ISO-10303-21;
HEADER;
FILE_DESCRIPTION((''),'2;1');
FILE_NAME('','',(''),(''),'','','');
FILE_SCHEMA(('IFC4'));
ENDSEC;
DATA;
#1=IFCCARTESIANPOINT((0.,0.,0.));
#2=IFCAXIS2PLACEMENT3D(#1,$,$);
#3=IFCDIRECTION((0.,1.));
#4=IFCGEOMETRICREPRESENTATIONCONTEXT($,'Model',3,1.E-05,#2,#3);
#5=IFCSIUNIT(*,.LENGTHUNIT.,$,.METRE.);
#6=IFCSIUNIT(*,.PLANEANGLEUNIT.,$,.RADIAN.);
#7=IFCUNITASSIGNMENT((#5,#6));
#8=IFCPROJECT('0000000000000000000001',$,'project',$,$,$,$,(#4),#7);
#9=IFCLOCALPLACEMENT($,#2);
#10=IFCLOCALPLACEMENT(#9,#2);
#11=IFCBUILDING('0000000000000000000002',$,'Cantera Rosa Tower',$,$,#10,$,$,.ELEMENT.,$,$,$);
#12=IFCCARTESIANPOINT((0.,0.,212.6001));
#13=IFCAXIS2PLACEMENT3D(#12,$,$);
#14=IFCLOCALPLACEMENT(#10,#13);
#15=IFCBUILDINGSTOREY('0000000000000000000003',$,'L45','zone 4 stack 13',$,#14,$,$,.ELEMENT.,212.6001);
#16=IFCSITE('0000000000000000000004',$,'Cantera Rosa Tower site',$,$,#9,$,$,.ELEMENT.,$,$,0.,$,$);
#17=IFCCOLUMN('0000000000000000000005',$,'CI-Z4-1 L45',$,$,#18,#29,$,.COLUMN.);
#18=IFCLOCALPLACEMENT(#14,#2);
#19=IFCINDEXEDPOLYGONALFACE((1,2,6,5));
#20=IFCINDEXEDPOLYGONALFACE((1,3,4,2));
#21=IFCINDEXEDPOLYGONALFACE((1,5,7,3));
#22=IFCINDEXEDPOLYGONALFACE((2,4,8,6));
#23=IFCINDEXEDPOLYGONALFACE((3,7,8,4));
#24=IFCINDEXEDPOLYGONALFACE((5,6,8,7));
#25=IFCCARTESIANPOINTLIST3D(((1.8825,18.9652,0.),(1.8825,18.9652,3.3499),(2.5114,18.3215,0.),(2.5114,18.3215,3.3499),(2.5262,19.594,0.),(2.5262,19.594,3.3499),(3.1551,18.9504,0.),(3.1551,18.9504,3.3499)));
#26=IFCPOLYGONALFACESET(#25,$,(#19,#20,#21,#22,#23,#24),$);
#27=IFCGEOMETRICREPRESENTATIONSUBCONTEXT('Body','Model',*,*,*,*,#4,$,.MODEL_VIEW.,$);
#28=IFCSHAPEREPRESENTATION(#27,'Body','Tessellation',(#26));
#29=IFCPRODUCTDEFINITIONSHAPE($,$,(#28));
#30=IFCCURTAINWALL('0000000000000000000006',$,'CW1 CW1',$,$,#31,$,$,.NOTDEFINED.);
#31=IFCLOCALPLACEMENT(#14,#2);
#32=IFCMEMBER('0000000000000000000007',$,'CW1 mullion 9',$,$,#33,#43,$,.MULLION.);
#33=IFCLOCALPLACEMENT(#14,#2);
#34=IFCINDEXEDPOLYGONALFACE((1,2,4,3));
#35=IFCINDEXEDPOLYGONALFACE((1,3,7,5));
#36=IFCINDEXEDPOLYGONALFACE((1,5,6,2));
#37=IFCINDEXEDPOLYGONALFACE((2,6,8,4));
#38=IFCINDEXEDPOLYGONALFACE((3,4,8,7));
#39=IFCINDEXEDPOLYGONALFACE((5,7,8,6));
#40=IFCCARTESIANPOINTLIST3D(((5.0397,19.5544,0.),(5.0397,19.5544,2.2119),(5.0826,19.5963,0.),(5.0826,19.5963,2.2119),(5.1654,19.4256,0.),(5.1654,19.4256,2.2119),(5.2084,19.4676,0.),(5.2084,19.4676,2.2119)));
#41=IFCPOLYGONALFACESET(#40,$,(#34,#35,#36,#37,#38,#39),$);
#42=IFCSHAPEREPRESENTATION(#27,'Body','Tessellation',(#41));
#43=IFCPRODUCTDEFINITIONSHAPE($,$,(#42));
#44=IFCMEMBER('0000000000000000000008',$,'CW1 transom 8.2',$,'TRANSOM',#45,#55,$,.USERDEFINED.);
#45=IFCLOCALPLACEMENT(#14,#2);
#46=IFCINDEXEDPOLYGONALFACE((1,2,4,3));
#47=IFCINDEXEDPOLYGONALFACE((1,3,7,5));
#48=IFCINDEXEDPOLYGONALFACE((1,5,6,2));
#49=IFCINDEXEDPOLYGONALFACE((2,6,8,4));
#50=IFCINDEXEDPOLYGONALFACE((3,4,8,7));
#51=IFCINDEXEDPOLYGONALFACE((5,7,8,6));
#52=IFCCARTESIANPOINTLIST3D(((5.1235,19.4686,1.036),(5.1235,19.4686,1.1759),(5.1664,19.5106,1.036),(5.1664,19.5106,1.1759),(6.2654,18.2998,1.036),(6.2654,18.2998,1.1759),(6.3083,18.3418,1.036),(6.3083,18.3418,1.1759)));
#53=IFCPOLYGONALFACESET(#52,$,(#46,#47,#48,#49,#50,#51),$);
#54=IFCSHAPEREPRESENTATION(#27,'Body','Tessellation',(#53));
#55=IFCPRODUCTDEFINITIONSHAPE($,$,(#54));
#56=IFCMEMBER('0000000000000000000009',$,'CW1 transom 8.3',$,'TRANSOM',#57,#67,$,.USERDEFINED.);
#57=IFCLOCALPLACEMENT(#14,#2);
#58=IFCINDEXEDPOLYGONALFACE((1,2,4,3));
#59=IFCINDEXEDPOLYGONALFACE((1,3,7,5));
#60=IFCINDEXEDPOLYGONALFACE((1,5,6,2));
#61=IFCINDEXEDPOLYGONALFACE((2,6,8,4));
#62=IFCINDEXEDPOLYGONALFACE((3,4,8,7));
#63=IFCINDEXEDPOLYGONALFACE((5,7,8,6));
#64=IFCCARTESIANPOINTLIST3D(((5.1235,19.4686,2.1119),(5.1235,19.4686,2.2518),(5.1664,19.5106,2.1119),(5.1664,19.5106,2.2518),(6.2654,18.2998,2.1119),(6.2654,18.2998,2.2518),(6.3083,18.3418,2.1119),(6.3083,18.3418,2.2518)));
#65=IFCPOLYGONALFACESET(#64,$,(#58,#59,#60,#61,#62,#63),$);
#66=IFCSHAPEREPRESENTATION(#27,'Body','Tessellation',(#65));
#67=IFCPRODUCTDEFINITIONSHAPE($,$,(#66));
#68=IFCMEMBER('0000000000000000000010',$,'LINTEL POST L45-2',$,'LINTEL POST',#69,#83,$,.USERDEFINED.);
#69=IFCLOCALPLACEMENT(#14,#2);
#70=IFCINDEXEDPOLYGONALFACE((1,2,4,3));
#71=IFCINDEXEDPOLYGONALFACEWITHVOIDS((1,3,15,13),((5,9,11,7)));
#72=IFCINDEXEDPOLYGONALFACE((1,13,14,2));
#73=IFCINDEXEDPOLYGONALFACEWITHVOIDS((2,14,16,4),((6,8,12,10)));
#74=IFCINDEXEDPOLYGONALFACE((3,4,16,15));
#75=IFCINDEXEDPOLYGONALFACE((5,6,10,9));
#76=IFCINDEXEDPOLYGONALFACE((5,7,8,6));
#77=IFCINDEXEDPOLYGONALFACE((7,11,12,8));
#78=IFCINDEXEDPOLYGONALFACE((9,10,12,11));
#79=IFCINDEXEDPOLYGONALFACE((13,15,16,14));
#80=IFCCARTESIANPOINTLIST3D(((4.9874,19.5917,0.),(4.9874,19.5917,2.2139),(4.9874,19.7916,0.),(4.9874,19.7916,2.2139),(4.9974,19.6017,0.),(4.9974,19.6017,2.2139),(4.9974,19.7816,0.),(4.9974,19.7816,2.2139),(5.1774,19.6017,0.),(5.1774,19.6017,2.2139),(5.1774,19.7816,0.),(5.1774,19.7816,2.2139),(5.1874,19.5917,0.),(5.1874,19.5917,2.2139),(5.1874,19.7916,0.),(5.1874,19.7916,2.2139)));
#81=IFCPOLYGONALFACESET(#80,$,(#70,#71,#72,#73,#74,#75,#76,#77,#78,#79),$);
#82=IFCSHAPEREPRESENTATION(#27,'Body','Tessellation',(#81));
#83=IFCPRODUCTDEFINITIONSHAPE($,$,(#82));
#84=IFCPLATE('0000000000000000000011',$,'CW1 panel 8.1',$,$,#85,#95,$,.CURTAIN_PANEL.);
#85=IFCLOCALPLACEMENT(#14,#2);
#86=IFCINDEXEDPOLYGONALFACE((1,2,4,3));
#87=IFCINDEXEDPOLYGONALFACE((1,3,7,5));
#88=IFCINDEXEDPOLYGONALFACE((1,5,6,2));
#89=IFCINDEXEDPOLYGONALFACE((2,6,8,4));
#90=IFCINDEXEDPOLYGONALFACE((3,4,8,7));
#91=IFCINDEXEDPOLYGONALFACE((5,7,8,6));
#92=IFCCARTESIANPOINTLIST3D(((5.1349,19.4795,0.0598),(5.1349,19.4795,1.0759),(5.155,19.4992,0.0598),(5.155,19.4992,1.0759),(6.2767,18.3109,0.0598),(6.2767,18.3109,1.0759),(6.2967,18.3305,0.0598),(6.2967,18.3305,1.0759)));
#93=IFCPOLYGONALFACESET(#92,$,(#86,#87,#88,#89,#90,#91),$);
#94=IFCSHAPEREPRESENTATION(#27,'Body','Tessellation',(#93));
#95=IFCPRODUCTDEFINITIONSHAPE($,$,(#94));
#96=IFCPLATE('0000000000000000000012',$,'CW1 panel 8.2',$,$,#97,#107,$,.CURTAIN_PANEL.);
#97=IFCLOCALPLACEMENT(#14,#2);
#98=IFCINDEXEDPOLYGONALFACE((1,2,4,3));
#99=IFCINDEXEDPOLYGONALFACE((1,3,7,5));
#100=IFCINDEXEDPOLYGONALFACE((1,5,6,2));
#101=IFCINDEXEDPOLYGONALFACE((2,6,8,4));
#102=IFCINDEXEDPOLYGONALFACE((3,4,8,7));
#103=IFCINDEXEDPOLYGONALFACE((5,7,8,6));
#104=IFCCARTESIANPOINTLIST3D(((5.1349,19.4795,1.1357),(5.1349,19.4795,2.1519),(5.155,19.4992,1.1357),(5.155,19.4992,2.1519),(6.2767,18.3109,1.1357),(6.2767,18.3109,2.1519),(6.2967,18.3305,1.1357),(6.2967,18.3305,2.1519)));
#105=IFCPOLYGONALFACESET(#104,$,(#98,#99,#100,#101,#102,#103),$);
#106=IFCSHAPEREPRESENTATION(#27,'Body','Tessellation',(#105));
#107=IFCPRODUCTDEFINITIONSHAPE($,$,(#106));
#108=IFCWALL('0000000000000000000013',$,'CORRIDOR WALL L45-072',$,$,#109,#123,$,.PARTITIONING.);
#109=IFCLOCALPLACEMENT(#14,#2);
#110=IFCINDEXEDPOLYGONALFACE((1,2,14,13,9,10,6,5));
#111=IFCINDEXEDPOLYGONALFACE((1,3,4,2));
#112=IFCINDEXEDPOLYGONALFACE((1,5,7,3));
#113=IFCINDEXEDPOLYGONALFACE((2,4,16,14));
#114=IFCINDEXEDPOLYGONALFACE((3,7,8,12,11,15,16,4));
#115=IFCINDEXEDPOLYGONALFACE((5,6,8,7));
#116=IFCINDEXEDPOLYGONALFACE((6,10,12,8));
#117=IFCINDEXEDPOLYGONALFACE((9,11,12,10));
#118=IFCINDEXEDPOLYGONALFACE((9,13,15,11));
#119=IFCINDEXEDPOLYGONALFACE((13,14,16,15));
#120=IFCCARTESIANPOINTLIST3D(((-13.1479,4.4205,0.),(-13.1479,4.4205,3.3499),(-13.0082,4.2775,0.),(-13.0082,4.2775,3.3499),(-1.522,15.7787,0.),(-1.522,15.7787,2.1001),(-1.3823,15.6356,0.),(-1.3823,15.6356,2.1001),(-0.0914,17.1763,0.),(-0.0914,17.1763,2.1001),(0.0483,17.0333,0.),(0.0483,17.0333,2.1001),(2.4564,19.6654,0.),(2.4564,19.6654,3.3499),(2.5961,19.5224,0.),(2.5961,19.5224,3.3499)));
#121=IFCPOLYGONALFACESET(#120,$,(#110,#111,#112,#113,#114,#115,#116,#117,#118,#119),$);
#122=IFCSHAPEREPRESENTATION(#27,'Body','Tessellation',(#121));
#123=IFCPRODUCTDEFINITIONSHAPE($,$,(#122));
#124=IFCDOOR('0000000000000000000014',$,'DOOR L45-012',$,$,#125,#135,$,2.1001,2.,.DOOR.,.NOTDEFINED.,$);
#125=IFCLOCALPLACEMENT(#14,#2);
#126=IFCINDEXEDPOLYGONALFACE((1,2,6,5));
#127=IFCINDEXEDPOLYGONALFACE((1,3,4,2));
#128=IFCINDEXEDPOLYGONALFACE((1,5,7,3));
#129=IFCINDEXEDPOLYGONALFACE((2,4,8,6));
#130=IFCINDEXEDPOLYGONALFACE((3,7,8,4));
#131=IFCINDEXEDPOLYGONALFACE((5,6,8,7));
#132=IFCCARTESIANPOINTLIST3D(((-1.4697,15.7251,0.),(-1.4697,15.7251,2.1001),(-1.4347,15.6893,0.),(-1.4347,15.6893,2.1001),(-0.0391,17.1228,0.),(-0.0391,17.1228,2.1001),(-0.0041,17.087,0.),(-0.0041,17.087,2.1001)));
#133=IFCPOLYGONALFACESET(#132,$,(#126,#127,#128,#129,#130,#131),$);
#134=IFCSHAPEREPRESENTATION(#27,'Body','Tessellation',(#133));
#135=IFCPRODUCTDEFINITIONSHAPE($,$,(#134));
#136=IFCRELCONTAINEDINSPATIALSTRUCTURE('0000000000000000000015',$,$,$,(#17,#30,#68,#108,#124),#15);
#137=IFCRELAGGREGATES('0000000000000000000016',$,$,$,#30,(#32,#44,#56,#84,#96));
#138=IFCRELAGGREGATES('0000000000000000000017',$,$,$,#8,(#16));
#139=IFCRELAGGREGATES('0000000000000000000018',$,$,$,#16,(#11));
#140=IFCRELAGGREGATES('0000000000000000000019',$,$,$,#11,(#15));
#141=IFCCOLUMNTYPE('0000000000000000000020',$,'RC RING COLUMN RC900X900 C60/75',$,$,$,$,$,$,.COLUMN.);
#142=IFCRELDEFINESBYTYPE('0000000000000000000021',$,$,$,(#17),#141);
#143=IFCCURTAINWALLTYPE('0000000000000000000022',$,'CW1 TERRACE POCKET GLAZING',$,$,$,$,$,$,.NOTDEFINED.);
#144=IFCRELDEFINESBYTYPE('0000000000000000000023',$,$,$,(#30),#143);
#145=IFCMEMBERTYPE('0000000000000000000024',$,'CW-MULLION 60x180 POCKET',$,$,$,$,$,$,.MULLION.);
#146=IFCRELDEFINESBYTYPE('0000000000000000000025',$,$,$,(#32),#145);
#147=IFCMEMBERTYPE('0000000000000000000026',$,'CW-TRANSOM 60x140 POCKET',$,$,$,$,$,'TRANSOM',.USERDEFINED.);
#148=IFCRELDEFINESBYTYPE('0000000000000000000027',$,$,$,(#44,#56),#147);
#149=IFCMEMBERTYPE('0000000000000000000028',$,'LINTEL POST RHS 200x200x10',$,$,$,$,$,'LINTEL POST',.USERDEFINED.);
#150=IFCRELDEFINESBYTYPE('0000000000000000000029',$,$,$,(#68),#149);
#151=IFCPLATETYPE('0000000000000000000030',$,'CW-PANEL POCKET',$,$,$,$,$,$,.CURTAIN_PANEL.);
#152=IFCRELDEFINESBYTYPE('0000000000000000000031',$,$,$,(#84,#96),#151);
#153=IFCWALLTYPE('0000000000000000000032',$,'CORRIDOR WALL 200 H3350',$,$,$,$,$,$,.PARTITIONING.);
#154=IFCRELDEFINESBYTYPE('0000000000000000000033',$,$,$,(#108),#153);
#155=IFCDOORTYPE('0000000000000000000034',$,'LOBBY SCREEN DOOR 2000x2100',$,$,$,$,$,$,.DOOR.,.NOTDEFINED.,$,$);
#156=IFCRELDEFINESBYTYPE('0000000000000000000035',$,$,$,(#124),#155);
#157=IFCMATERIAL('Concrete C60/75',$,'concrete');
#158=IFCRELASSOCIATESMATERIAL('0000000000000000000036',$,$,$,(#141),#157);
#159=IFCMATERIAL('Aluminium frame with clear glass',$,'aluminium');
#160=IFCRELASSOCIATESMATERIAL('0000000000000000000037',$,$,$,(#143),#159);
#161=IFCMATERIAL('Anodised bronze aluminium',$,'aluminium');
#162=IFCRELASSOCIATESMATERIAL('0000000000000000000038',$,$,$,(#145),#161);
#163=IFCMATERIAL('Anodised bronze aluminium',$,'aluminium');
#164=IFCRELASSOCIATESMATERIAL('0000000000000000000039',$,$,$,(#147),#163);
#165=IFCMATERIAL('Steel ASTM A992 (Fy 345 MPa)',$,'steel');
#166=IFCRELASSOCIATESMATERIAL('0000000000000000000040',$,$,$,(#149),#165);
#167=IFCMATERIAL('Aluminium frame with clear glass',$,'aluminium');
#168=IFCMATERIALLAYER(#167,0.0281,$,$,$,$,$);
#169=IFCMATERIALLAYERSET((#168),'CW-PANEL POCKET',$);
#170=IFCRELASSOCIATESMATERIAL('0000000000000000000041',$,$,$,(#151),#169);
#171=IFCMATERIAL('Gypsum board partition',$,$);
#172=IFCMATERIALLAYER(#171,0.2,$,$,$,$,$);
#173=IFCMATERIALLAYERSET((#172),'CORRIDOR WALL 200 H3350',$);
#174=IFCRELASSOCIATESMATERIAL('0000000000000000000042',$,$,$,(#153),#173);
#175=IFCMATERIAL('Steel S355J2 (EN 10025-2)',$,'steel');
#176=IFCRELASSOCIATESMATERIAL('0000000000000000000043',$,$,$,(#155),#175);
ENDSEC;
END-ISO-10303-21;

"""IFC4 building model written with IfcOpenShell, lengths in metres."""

from ifc_helpers import new_model, si_unit, direction, frame, frame_2d, origin, origin_2d, place, context, subcontext, project, spatial, rectangle, hollow_rectangle, extrude, material, layer, layer_set, material_profile, profile_set, type_object, element, fill, aggregate, save


model = new_model("IFC4")

# Units and contexts
model_context = context("Model", 3, precision=1e-05, world=origin(), true_north=direction((0.0, 1.0)))
body_context = subcontext(model_context, "Body", "Model", "MODEL_VIEW")
ifc_project = project(units=[si_unit("LENGTHUNIT", "METRE"), si_unit("PLANEANGLEUNIT", "RADIAN")], contexts=[model_context])

# Site, building, storey
site_placement = place(None, origin())
site = spatial("IfcSite", under=ifc_project, at=site_placement, Name="Cantera Rosa Tower site", CompositionType="ELEMENT", RefElevation=0.0)
building_placement = place(site_placement, origin())
building = spatial("IfcBuilding", under=site, at=building_placement, Name="Cantera Rosa Tower", CompositionType="ELEMENT")
storey_placement = place(building_placement, frame((0.0, 0.0, 212.6001)))
storey = spatial("IfcBuildingStorey", under=building, at=storey_placement, Name="L45", Description="zone 4 stack 13", CompositionType="ELEMENT", Elevation=212.6001)

# Column
ifc_material_1 = material(Name="Concrete C60/75", Category="concrete")
ifc_material_profile_1 = material_profile(ifc_material_1, rectangle(XDim=0.8999, YDim=0.8999, at=origin_2d()), Name="RC RING COLUMN RC900X900 C60/75")
ifc_profile_set_1 = profile_set([ifc_material_profile_1], Name="Concrete C60/75")
column_type = type_object("IfcColumnType", Name="RC RING COLUMN RC900X900 C60/75", PredefinedType="COLUMN", material=ifc_profile_set_1)
column_placement = place(storey_placement, frame((2.5188, 18.9578, 0.0), z_axis=(0.0, 0.0, 1.0), x_axis=(0.715286, 0.698832, 0.0)))
element("IfcColumn", 1, at=column_placement, inside=storey, type_object=column_type, Name="CI-Z4-1 L45", PredefinedType="COLUMN", context=body_context, shape_type="SweptSolid", body=[
    extrude(rectangle(XDim=0.8999, YDim=0.8999, at=origin_2d()), origin(), (0.0, 0.0, 1.0), 3.3499),
])

# Curtain wall, members
ifc_material_2 = material(Name="Aluminium frame with clear glass", Category="aluminium")
curtain_wall_type = type_object("IfcCurtainWallType", Name="CW1 TERRACE POCKET GLAZING", PredefinedType="NOTDEFINED", material=ifc_material_2)
curtain_wall_placement = place(storey_placement, origin())
curtain_wall = element("IfcCurtainWall", 2, at=curtain_wall_placement, inside=storey, type_object=curtain_wall_type, Name="CW1 CW1", PredefinedType="NOTDEFINED")
ifc_material_3 = material(Name="Anodised bronze aluminium", Category="aluminium")
ifc_material_profile_2 = material_profile(ifc_material_3, rectangle(XDim=0.0601, YDim=0.1799, at=origin_2d()), Name="CW-MULLION 60x180 POCKET")
ifc_profile_set_2 = profile_set([ifc_material_profile_2], Name="Anodised bronze aluminium")
member_type_1 = type_object("IfcMemberType", Name="CW-MULLION 60x180 POCKET", PredefinedType="MULLION", material=ifc_profile_set_2)
member_1_placement = place(storey_placement, frame((5.124, 19.511, 0.0), z_axis=(0.0, 0.0, 1.0), x_axis=(-0.715286, -0.698832, 0.0)))
member_1 = element("IfcMember", 3, at=member_1_placement, type_object=member_type_1, Name="CW1 mullion 9", PredefinedType="MULLION", context=body_context, shape_type="SweptSolid", body=[
    extrude(rectangle(XDim=0.0601, YDim=0.1799, at=origin_2d()), origin(), (0.0, 0.0, 1.0), 2.2119),
])
ifc_material_4 = material(Name="Anodised bronze aluminium", Category="aluminium")
ifc_material_profile_3 = material_profile(ifc_material_4, rectangle(XDim=0.0601, YDim=0.1399, at=origin_2d()), Name="CW-TRANSOM 60x140 POCKET")
ifc_profile_set_3 = profile_set([ifc_material_profile_3], Name="Anodised bronze aluminium")
member_type_2 = type_object("IfcMemberType", Name="CW-TRANSOM 60x140 POCKET", ElementType="TRANSOM", PredefinedType="USERDEFINED", material=ifc_profile_set_3)
member_2_placement = place(storey_placement, frame((6.2869, 18.3208, 1.106), z_axis=(-0.698841, 0.715277, 0.0), x_axis=(-0.715277, -0.698841, 0.0)))
member_2 = element("IfcMember", 4, at=member_2_placement, type_object=member_type_2, Name="CW1 transom 8.2", ObjectType="TRANSOM", PredefinedType="USERDEFINED", context=body_context, shape_type="SweptSolid", body=[
    extrude(rectangle(XDim=0.0601, YDim=0.1399, at=origin_2d()), origin(), (0.0, 0.0, 1.0), 1.634),
])
member_3_placement = place(storey_placement, frame((6.2869, 18.3208, 2.1819), z_axis=(-0.698841, 0.715277, 0.0), x_axis=(-0.715277, -0.698841, 0.0)))
member_3 = element("IfcMember", 5, at=member_3_placement, type_object=member_type_2, Name="CW1 transom 8.3", ObjectType="TRANSOM", PredefinedType="USERDEFINED", context=body_context, shape_type="SweptSolid", body=[
    extrude(rectangle(XDim=0.0601, YDim=0.1399, at=origin_2d()), origin(), (0.0, 0.0, 1.0), 1.634),
])

# Member
ifc_material_5 = material(Name="Steel ASTM A992 (Fy 345 MPa)", Category="steel")
ifc_material_profile_4 = material_profile(ifc_material_5, hollow_rectangle(XDim=0.2, YDim=0.2, WallThickness=0.01, at=origin_2d()), Name="LINTEL POST RHS 200x200x10")
ifc_profile_set_4 = profile_set([ifc_material_profile_4], Name="Steel ASTM A992 (Fy 345 MPa)")
member_type_3 = type_object("IfcMemberType", Name="LINTEL POST RHS 200x200x10", ElementType="LINTEL POST", PredefinedType="USERDEFINED", material=ifc_profile_set_4)
member_4_placement = place(storey_placement, frame((5.0874, 19.6917, 0.0), z_axis=(0.0, 0.0, 1.0), x_axis=(1.0, 0.0, 0.0)))
element("IfcMember", 6, at=member_4_placement, inside=storey, type_object=member_type_3, Name="LINTEL POST L45-2", ObjectType="LINTEL POST", PredefinedType="USERDEFINED", context=body_context, shape_type="SweptSolid", body=[
    extrude(hollow_rectangle(XDim=0.2, YDim=0.2, WallThickness=0.01, at=origin_2d()), origin(), (0.0, 0.0, 1.0), 2.2139),
])

# Plates
ifc_material_6 = material(Name="Aluminium frame with clear glass", Category="aluminium")
ifc_layer_1 = layer(ifc_material_6, 0.0281)
ifc_layer_set_1 = layer_set([ifc_layer_1], Name="CW-PANEL POCKET")
plate_type = type_object("IfcPlateType", Name="CW-PANEL POCKET", PredefinedType="CURTAIN_PANEL", material=ifc_layer_set_1)
plate_1_placement = place(storey_placement, frame((5.7158, 18.905, 0.0598), z_axis=(0.0, 0.0, 1.0), x_axis=(-0.698832, 0.715286, 0.0)))
plate_1 = element("IfcPlate", 7, at=plate_1_placement, type_object=plate_type, Name="CW1 panel 8.1", PredefinedType="CURTAIN_PANEL", context=body_context, shape_type="SweptSolid", body=[
    extrude(rectangle(XDim=1.6338, YDim=0.0281, at=origin_2d()), origin(), (0.0, 0.0, 1.0), 1.0161),
])
plate_2_placement = place(storey_placement, frame((5.7158, 18.905, 1.1357), z_axis=(0.0, 0.0, 1.0), x_axis=(-0.698832, 0.715286, 0.0)))
plate_2 = element("IfcPlate", 8, at=plate_2_placement, type_object=plate_type, Name="CW1 panel 8.2", PredefinedType="CURTAIN_PANEL", context=body_context, shape_type="SweptSolid", body=[
    extrude(rectangle(XDim=1.6338, YDim=0.0281, at=origin_2d()), origin(), (0.0, 0.0, 1.0), 1.0161),
])
aggregate(curtain_wall, [member_1, member_2, member_3, plate_1, plate_2])

# Wall, opening, door
ifc_material_7 = material(Name="Gypsum board partition")
ifc_layer_2 = layer(ifc_material_7, 0.2)
ifc_layer_set_2 = layer_set([ifc_layer_2], Name="CORRIDOR WALL 200 H3350")
wall_type_1 = type_object("IfcWallType", Name="CORRIDOR WALL 200 H3350", PredefinedType="PARTITIONING", material=ifc_layer_set_2)
wall_1_placement = place(storey_placement, frame((2.5264, 19.594, 0.0), z_axis=(0.0, 0.0, 1.0), x_axis=(-0.715296, -0.698822, 0.0)))
wall_1 = element("IfcWall", 9, at=wall_1_placement, inside=storey, type_object=wall_type_1, Name="CORRIDOR WALL L45-072", PredefinedType="PARTITIONING", context=body_context, shape_type="SweptSolid", body=[
    extrude(rectangle(XDim=21.8152, YDim=0.2, at=frame_2d((10.9077, 0.0))), origin(), (0.0, 0.0, 1.0), 3.3499),
])
opening_1_placement = place(wall_1_placement, frame((3.562, 0.0, 0.0)))
opening_1 = element("IfcOpeningElement", 10, at=opening_1_placement, cuts=wall_1, PredefinedType="OPENING", context=body_context, shape_type="SweptSolid", body=[
    extrude(rectangle(XDim=2.0, YDim=2.1001, at=frame_2d((1.0, 1.05))), frame((0.0, 0.1099, 0.0), z_axis=(0.0, -1.0, 0.0), x_axis=(1.0, 0.0, 0.0)), (0.0, 0.0, 1.0), 0.22),
])
ifc_material_8 = material(Name="Steel S355J2 (EN 10025-2)", Category="steel")
door_type_1 = type_object("IfcDoorType", Name="LOBBY SCREEN DOOR 2000x2100", OperationType="NOTDEFINED", PredefinedType="DOOR", material=ifc_material_8)
door_1_placement = place(opening_1_placement, origin())
door_1 = element("IfcDoor", 11, at=door_1_placement, inside=storey, type_object=door_type_1, Name="DOOR L45-012", OperationType="NOTDEFINED", OverallHeight=2.1001, OverallWidth=2.0, PredefinedType="DOOR", context=body_context, shape_type="SweptSolid", body=[
    extrude(rectangle(XDim=2.0, YDim=2.1001, at=frame_2d((1.0, 1.05))), frame((0.0, 0.0249, 0.0), z_axis=(0.0, -1.0, 0.0), x_axis=(1.0, 0.0, 0.0)), (0.0, 0.0, 1.0), 0.05),
])
fill(opening_1, door_1)

save(model, "model.ifc")
